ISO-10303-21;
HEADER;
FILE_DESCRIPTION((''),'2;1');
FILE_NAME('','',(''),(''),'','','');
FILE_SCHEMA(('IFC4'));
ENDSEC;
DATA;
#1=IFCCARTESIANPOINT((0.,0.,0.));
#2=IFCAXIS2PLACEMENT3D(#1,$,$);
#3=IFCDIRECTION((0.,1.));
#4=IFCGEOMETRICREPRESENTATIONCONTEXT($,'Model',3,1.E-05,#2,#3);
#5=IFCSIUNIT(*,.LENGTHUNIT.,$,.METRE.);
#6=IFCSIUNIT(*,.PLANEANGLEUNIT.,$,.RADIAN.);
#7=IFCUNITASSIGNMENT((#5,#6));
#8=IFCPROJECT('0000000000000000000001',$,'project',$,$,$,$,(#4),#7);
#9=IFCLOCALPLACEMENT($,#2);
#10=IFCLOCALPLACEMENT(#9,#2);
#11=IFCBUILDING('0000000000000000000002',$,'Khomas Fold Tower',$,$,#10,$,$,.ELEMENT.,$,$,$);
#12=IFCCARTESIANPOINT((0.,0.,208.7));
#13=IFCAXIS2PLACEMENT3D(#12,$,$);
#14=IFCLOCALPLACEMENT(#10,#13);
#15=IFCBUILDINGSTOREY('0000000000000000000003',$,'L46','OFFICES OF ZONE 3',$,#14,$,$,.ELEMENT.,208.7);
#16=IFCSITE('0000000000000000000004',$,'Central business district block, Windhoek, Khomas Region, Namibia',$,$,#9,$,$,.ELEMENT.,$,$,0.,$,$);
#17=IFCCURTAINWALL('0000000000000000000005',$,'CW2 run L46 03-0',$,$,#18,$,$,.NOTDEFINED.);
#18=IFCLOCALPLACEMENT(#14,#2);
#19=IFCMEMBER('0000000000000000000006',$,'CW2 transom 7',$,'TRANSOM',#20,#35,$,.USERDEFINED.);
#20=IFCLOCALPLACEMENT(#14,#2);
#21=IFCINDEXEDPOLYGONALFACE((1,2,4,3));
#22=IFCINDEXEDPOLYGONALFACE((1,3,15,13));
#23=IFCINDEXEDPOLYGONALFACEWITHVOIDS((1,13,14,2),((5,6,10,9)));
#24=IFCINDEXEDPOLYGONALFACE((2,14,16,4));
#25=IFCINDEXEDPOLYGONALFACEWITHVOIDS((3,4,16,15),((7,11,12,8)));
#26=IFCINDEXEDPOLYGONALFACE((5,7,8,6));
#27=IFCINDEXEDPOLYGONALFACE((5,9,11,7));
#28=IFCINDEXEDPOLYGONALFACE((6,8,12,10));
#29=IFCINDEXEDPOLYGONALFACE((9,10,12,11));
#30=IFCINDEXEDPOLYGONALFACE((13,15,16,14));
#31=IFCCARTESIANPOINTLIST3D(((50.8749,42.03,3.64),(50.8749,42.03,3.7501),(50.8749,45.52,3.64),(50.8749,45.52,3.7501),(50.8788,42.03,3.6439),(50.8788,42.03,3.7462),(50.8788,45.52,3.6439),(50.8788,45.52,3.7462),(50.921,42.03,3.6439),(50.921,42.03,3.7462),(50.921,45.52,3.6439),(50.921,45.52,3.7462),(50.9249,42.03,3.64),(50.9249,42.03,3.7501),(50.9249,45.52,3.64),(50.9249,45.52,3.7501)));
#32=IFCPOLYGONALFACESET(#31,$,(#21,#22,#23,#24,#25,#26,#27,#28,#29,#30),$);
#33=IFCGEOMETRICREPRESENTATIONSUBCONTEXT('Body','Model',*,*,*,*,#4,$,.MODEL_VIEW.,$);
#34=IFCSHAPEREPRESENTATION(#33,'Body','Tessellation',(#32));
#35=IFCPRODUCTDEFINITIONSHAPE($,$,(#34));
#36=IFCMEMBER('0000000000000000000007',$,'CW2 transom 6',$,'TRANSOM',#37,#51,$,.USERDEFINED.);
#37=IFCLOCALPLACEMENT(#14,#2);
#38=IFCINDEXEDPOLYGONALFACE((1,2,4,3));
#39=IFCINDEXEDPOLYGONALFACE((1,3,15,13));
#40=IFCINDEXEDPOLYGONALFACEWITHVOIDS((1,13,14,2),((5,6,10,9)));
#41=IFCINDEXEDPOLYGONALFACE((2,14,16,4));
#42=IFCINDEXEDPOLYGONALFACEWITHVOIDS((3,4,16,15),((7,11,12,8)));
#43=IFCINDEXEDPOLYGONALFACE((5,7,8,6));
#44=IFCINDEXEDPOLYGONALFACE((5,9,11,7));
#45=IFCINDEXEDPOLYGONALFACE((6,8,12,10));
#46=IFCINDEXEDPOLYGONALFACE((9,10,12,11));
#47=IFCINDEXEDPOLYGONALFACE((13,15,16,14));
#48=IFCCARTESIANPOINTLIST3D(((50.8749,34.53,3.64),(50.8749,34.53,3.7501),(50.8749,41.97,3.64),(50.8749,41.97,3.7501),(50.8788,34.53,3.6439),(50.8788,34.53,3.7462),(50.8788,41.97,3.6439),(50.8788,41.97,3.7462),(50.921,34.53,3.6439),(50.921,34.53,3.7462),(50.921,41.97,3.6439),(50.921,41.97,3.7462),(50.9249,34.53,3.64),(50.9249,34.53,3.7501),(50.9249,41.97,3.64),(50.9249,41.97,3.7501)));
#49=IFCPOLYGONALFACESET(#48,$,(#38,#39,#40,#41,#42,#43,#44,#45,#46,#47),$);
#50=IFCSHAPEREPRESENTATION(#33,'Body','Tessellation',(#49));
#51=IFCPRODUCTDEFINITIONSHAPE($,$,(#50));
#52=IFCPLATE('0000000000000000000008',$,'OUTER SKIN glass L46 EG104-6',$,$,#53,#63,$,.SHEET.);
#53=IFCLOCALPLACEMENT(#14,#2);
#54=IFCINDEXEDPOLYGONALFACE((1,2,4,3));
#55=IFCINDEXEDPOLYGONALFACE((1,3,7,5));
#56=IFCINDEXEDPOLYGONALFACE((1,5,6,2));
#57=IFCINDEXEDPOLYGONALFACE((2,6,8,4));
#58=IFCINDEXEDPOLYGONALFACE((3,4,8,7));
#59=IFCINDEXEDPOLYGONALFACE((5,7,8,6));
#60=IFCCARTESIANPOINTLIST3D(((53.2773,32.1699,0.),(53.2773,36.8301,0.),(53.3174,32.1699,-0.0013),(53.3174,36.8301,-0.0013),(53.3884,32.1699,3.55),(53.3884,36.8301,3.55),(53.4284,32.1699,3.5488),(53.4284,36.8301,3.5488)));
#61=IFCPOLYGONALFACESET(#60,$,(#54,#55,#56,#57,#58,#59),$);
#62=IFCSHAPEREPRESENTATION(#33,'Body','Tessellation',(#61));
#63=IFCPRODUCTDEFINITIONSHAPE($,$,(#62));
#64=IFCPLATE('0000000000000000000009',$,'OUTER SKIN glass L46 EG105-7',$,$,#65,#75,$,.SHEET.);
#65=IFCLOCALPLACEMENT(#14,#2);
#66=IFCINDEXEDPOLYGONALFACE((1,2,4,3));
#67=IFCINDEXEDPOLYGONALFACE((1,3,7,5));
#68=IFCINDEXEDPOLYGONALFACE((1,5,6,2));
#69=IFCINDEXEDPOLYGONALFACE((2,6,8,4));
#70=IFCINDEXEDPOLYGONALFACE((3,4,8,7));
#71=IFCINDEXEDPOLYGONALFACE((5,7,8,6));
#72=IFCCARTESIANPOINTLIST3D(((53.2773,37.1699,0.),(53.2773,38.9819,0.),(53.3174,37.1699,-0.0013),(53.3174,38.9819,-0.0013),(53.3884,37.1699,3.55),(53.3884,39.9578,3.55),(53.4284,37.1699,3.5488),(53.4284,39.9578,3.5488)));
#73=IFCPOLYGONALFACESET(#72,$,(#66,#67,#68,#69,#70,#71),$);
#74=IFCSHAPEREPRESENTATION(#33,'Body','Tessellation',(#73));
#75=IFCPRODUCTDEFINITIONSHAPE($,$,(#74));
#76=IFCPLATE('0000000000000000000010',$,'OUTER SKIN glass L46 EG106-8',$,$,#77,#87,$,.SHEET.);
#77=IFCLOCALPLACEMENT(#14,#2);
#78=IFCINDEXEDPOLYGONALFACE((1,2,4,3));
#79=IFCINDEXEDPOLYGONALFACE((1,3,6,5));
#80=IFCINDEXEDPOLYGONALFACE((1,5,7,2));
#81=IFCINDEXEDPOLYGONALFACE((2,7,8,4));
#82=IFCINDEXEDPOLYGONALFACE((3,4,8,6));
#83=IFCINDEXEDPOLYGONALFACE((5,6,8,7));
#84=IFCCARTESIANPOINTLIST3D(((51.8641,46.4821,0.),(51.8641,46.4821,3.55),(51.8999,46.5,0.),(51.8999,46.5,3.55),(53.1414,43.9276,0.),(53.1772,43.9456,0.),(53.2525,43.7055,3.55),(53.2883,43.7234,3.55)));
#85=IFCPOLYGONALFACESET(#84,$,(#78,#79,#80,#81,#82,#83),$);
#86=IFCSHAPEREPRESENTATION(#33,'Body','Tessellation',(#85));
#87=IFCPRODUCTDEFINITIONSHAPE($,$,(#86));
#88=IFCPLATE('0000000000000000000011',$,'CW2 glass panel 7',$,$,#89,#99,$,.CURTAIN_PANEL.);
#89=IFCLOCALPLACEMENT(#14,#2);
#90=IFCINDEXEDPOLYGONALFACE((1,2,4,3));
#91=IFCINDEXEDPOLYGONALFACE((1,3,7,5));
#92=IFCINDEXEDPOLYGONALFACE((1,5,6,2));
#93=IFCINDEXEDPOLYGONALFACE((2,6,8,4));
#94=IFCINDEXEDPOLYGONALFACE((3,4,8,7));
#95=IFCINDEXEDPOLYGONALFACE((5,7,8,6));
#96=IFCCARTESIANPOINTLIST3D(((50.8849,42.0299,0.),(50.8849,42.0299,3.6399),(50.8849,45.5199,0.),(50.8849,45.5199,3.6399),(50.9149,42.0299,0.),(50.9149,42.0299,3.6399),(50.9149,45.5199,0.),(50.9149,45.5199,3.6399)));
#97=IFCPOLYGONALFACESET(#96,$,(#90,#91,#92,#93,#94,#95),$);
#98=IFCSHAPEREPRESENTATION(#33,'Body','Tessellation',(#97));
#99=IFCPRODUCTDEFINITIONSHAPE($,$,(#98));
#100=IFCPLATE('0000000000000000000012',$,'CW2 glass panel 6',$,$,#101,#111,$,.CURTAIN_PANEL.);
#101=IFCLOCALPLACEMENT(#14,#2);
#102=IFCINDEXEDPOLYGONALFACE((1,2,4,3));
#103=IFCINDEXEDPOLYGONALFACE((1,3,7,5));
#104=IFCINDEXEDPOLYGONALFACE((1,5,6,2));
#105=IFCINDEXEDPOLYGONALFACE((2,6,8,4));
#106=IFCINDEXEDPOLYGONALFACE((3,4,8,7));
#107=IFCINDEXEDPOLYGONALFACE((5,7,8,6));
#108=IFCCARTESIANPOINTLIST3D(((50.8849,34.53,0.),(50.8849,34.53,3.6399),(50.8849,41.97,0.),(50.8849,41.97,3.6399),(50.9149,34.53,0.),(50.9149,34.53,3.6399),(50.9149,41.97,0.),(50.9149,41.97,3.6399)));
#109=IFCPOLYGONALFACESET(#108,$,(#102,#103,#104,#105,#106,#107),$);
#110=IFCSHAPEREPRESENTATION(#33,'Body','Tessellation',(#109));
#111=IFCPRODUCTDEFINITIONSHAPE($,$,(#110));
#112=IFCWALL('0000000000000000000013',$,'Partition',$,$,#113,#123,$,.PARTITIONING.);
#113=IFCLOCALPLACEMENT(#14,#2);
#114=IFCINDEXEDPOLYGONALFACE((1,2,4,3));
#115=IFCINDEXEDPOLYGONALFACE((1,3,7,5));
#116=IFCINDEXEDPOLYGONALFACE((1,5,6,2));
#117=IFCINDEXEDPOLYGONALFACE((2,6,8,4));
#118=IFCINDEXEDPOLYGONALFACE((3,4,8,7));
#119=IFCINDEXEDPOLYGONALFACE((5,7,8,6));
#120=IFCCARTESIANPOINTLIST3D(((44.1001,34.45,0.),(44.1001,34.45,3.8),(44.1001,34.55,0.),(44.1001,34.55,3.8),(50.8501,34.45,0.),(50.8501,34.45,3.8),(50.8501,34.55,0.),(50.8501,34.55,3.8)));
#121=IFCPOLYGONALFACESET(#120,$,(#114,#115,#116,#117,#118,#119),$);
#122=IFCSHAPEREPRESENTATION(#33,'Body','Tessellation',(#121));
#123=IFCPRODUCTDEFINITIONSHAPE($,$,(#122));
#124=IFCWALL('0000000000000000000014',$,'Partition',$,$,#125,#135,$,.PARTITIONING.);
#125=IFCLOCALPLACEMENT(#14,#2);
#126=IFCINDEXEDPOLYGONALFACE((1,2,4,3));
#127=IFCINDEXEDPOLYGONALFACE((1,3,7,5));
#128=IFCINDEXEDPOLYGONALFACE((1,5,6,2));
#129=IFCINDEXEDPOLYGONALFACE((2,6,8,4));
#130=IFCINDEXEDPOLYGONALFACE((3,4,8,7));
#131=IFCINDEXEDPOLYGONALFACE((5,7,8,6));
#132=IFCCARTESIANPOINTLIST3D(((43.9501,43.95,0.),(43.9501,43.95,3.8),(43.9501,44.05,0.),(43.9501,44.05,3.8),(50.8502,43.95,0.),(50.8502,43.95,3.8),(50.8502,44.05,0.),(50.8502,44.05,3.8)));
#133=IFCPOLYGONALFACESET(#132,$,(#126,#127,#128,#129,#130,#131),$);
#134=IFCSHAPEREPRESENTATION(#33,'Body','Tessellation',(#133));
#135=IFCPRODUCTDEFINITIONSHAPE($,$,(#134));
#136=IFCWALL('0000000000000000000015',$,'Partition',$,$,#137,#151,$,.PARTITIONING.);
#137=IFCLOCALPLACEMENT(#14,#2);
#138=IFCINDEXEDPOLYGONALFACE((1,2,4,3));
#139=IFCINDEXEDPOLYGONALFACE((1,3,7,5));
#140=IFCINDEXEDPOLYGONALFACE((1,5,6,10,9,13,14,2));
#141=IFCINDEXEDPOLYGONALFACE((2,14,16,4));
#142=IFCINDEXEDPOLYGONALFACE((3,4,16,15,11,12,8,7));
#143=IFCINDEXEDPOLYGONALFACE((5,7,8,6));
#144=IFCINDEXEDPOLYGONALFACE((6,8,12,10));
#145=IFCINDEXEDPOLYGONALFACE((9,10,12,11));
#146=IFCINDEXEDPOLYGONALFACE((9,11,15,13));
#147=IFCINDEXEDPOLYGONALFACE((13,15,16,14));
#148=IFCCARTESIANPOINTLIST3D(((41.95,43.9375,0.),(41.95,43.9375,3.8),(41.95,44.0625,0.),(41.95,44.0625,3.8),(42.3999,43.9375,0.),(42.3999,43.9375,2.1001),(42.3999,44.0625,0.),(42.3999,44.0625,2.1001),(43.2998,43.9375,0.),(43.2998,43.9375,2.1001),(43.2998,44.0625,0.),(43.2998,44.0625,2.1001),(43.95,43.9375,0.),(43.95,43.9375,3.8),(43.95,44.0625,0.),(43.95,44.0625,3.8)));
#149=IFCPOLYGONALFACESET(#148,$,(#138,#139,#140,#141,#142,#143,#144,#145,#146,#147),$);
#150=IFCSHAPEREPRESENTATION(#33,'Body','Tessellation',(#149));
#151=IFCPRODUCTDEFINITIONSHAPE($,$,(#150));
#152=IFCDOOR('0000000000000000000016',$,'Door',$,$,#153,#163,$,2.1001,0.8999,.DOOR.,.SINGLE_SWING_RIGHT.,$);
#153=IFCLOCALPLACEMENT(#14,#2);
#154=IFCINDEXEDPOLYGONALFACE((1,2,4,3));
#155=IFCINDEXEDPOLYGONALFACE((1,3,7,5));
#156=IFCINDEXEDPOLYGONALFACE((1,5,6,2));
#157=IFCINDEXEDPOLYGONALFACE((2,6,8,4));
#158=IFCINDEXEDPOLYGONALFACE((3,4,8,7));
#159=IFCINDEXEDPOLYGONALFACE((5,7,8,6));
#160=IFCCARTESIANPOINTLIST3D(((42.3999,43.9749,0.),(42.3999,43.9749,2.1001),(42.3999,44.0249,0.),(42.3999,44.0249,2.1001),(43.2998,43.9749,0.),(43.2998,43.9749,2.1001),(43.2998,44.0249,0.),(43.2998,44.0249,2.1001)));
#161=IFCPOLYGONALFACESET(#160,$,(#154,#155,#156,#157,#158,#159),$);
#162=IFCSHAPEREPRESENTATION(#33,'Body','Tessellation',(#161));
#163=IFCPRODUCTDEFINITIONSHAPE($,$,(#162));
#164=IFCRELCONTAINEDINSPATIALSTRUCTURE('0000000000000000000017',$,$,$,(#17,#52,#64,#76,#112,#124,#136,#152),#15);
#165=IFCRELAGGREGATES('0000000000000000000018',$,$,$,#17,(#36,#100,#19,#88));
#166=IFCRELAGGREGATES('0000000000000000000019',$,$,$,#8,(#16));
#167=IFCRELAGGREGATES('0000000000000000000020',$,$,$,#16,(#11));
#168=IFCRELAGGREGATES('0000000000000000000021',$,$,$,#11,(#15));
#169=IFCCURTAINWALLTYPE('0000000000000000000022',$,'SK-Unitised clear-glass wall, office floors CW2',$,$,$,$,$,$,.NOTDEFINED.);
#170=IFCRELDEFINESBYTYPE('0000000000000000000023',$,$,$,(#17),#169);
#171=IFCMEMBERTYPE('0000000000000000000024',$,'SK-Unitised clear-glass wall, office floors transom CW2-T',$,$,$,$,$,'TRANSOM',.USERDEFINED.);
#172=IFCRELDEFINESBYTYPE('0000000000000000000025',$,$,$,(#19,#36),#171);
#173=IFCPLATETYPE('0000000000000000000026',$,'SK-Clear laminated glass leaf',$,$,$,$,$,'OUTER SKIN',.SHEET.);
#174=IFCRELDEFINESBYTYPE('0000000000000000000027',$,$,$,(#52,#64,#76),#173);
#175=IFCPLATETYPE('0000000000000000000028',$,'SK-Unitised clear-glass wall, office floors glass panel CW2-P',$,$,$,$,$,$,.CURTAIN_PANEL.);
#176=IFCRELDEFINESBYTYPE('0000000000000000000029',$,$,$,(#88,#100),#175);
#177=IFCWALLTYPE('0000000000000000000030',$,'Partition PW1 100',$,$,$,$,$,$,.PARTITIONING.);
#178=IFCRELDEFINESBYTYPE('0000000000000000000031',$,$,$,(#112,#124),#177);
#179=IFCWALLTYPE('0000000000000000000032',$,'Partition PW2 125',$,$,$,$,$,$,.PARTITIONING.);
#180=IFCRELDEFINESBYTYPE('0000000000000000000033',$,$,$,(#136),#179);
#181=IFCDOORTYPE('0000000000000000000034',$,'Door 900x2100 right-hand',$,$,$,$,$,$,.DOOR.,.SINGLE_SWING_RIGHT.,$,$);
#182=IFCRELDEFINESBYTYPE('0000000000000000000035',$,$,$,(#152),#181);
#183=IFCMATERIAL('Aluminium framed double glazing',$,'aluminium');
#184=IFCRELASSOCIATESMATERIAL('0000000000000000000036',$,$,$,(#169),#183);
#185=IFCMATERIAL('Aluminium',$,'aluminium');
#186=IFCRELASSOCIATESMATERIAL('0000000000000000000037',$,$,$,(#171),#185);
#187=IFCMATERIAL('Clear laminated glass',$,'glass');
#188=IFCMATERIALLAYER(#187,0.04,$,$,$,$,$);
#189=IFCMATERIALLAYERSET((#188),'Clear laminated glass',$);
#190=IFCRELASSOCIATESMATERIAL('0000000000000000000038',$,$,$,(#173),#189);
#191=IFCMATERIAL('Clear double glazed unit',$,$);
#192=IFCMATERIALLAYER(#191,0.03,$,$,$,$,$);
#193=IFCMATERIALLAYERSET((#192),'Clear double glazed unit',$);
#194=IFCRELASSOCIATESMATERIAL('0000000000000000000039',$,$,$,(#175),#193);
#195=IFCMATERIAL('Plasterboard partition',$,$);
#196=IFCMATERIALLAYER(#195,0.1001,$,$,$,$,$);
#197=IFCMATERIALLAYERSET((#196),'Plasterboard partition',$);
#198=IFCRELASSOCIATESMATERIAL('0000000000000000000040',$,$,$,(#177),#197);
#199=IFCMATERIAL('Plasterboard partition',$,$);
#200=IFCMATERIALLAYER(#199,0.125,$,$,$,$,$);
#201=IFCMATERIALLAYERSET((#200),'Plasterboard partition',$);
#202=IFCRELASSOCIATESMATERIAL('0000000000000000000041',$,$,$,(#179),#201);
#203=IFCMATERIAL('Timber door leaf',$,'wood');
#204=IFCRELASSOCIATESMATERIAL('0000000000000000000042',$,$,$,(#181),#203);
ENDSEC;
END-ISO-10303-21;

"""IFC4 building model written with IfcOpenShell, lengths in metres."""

from ifc_helpers import new_model, si_unit, direction, frame, frame_2d, origin, origin_2d, place, context, subcontext, project, spatial, polyline, rectangle, hollow_rectangle, outline, extrude, source, transform, mapped, material, layer, layer_set, material_profile, profile_set, type_object, element, fill, aggregate, save


model = new_model("IFC4")

# Units and contexts
model_context = context("Model", 3, precision=1e-05, world=origin(), true_north=direction((0.0, 1.0)))
body_context = subcontext(model_context, "Body", "Model", "MODEL_VIEW")
ifc_project = project(units=[si_unit("LENGTHUNIT", "METRE"), si_unit("PLANEANGLEUNIT", "RADIAN")], contexts=[model_context])

# Site, building, storey
site_placement = place(None, origin())
site = spatial("IfcSite", under=ifc_project, at=site_placement, Name="Central business district block, Windhoek, Khomas Region, Namibia", CompositionType="ELEMENT", RefElevation=0.0)
building_placement = place(site_placement, origin())
building = spatial("IfcBuilding", under=site, at=building_placement, Name="Khomas Fold Tower", CompositionType="ELEMENT")
storey_placement = place(building_placement, frame((0.0, 0.0, 208.7)))
storey = spatial("IfcBuildingStorey", under=building, at=storey_placement, Name="L46", Description="OFFICES OF ZONE 3", CompositionType="ELEMENT", Elevation=208.7)

# Curtain wall, members
ifc_material_1 = material(Name="Aluminium framed double glazing", Category="aluminium")
curtain_wall_type = type_object("IfcCurtainWallType", Name="SK-Unitised clear-glass wall, office floors CW2", PredefinedType="NOTDEFINED", material=ifc_material_1)
curtain_wall_placement = place(storey_placement, origin())
curtain_wall = element("IfcCurtainWall", 1, at=curtain_wall_placement, inside=storey, type_object=curtain_wall_type, Name="CW2 run L46 03-0", PredefinedType="NOTDEFINED")
ifc_material_2 = material(Name="Aluminium", Category="aluminium")
ifc_material_profile_1 = material_profile(ifc_material_2, hollow_rectangle(XDim=0.05, YDim=0.1101, WallThickness=0.0039, at=origin_2d()), Name="SK-Unitised clear-glass wall, office floors transom CW2-T")
ifc_profile_set_1 = profile_set([ifc_material_profile_1], Name="Aluminium")
member_type_1 = type_object("IfcMemberType", Name="SK-Unitised clear-glass wall, office floors transom CW2-T", ElementType="TRANSOM", PredefinedType="USERDEFINED", material=ifc_profile_set_1)
shared_shape_1 = source(origin(), body_context, "Body", "SweptSolid", [
    extrude(hollow_rectangle(XDim=0.05, YDim=0.1101, WallThickness=0.0039, at=origin_2d()), origin(), (0.0, 0.0, 1.0), 3.49),
])
member_1_placement = place(storey_placement, frame((50.8999, 42.03, 3.6951), z_axis=(0.0, 1.0, 0.0), x_axis=(-1.0, 0.0, 0.0)))
member_1 = element("IfcMember", 2, at=member_1_placement, type_object=member_type_1, Name="CW2 transom 7", ObjectType="TRANSOM", PredefinedType="USERDEFINED", context=body_context, shape_type="MappedRepresentation", body=[
    mapped(shared_shape_1, transform((0.0, 0.0, 0.0))),
])
shared_shape_2 = source(origin(), body_context, "Body", "SweptSolid", [
    extrude(hollow_rectangle(XDim=0.05, YDim=0.1101, WallThickness=0.0039, at=origin_2d()), origin(), (0.0, 0.0, 1.0), 7.4399),
])
member_2_placement = place(storey_placement, frame((50.8999, 34.53, 3.6951), z_axis=(0.0, 1.0, 0.0), x_axis=(-1.0, 0.0, 0.0)))
member_2 = element("IfcMember", 3, at=member_2_placement, type_object=member_type_1, Name="CW2 transom 6", ObjectType="TRANSOM", PredefinedType="USERDEFINED", context=body_context, shape_type="MappedRepresentation", body=[
    mapped(shared_shape_2, transform((0.0, 0.0, 0.0))),
])

# Plates
ifc_material_3 = material(Name="Clear laminated glass", Category="glass")
ifc_layer_1 = layer(ifc_material_3, 0.04)
ifc_layer_set_1 = layer_set([ifc_layer_1], Name="Clear laminated glass")
plate_type_1 = type_object("IfcPlateType", Name="SK-Clear laminated glass leaf", ElementType="OUTER SKIN", PredefinedType="SHEET", material=ifc_layer_set_1)
plate_1_placement = place(storey_placement, frame((53.2773, 32.1699, 0.0), z_axis=(-0.999511, 0.0, 0.031276), x_axis=(0.031276, 0.0, 0.999511)))
element("IfcPlate", 4, at=plate_1_placement, inside=storey, type_object=plate_type_1, Name="OUTER SKIN glass L46 EG104-6", PredefinedType="SHEET", context=body_context, shape_type="SweptSolid", body=[
    extrude(outline(polyline([(0.0, 0.0), (3.5518, 0.0), (3.5518, 4.6602), (0.0, 4.6602), (0.0, 0.0)])), origin(), (0.0, 0.0, -1.0), 0.04),
])
plate_2_placement = place(storey_placement, frame((53.2773, 38.9819, 0.0), z_axis=(-0.999511, 0.0, 0.031276), x_axis=(0.0, -1.0, 0.0)))
element("IfcPlate", 5, at=plate_2_placement, inside=storey, type_object=plate_type_1, Name="OUTER SKIN glass L46 EG105-7", PredefinedType="SHEET", context=body_context, shape_type="SweptSolid", body=[
    extrude(outline(polyline([(0.0, 0.0), (1.812, 0.0), (1.812, 3.5518), (-0.9758, 3.5518), (0.0, 0.0)])), origin(), (0.0, 0.0, -1.0), 0.04),
])
plate_3_placement = place(storey_placement, frame((53.1772, 43.9456, 0.0), z_axis=(0.894411, 0.447246, 0.000001), x_axis=(0.031216, -0.062428, 0.997561)))
element("IfcPlate", 6, at=plate_3_placement, inside=storey, type_object=plate_type_1, Name="OUTER SKIN glass L46 EG106-8", PredefinedType="SHEET", context=body_context, shape_type="SweptSolid", body=[
    extrude(outline(polyline([(0.0, 0.0), (3.5587, 0.0), (3.342, -3.0968), (-0.1993, -2.849), (0.0, 0.0)])), origin(), (0.0, 0.0, -1.0), 0.04),
])

# Plates
ifc_material_4 = material(Name="Clear double glazed unit")
ifc_layer_2 = layer(ifc_material_4, 0.03)
ifc_layer_set_2 = layer_set([ifc_layer_2], Name="Clear double glazed unit")
plate_type_2 = type_object("IfcPlateType", Name="SK-Unitised clear-glass wall, office floors glass panel CW2-P", PredefinedType="CURTAIN_PANEL", material=ifc_layer_set_2)
shared_shape_3 = source(origin(), body_context, "Body", "SweptSolid", [
    extrude(rectangle(XDim=3.49, YDim=0.03, at=origin_2d()), origin(), (0.0, 0.0, 1.0), 3.6399),
])
plate_4_placement = place(storey_placement, frame((50.8999, 43.7749, 0.0), z_axis=(0.0, 0.0, 1.0), x_axis=(0.0, 1.0, 0.0)))
plate_4 = element("IfcPlate", 7, at=plate_4_placement, type_object=plate_type_2, Name="CW2 glass panel 7", PredefinedType="CURTAIN_PANEL", context=body_context, shape_type="MappedRepresentation", body=[
    mapped(shared_shape_3, transform((0.0, 0.0, 0.0))),
])
shared_shape_4 = source(origin(), body_context, "Body", "SweptSolid", [
    extrude(rectangle(XDim=7.4399, YDim=0.03, at=origin_2d()), origin(), (0.0, 0.0, 1.0), 3.6399),
])
plate_5_placement = place(storey_placement, frame((50.8999, 38.25, 0.0), z_axis=(0.0, 0.0, 1.0), x_axis=(0.0, 1.0, 0.0)))
plate_5 = element("IfcPlate", 8, at=plate_5_placement, type_object=plate_type_2, Name="CW2 glass panel 6", PredefinedType="CURTAIN_PANEL", context=body_context, shape_type="MappedRepresentation", body=[
    mapped(shared_shape_4, transform((0.0, 0.0, 0.0))),
])
aggregate(curtain_wall, [member_2, plate_5, member_1, plate_4])

# Walls
ifc_material_5 = material(Name="Plasterboard partition")
ifc_layer_3 = layer(ifc_material_5, 0.1001)
ifc_layer_set_3 = layer_set([ifc_layer_3], Name="Plasterboard partition")
wall_type_1 = type_object("IfcWallType", Name="Partition PW1 100", PredefinedType="PARTITIONING", material=ifc_layer_set_3)
shared_shape_5 = source(origin(), body_context, "Body", "SweptSolid", [
    extrude(rectangle(XDim=6.75, YDim=0.1001, at=frame_2d((3.375, 0.0))), origin(), (0.0, 0.0, 1.0), 3.8),
])
wall_1_placement = place(storey_placement, frame((44.1001, 34.5, 0.0), z_axis=(0.0, 0.0, 1.0), x_axis=(1.0, 0.0, 0.0)))
element("IfcWall", 9, at=wall_1_placement, inside=storey, type_object=wall_type_1, Name="Partition", PredefinedType="PARTITIONING", context=body_context, shape_type="MappedRepresentation", body=[
    mapped(shared_shape_5, transform((0.0, 0.0, 0.0))),
])
shared_shape_6 = source(origin(), body_context, "Body", "SweptSolid", [
    extrude(rectangle(XDim=6.9001, YDim=0.1001, at=frame_2d((3.4502, 0.0))), origin(), (0.0, 0.0, 1.0), 3.8),
])
wall_2_placement = place(storey_placement, frame((43.95, 44.0, 0.0), z_axis=(0.0, 0.0, 1.0), x_axis=(1.0, 0.0, 0.0)))
element("IfcWall", 10, at=wall_2_placement, inside=storey, type_object=wall_type_1, Name="Partition", PredefinedType="PARTITIONING", context=body_context, shape_type="MappedRepresentation", body=[
    mapped(shared_shape_6, transform((0.0, 0.0, 0.0))),
])

# Wall, opening, door
ifc_material_6 = material(Name="Plasterboard partition")
ifc_layer_4 = layer(ifc_material_6, 0.125)
ifc_layer_set_4 = layer_set([ifc_layer_4], Name="Plasterboard partition")
wall_type_2 = type_object("IfcWallType", Name="Partition PW2 125", PredefinedType="PARTITIONING", material=ifc_layer_set_4)
shared_shape_7 = source(origin(), body_context, "Body", "SweptSolid", [
    extrude(rectangle(XDim=2.0, YDim=0.125, at=frame_2d((1.0, 0.0))), origin(), (0.0, 0.0, 1.0), 3.8),
])
wall_3_placement = place(storey_placement, frame((41.95, 44.0, 0.0), z_axis=(0.0, 0.0, 1.0), x_axis=(1.0, 0.0, 0.0)))
wall_3 = element("IfcWall", 11, at=wall_3_placement, inside=storey, type_object=wall_type_2, Name="Partition", PredefinedType="PARTITIONING", context=body_context, shape_type="MappedRepresentation", body=[
    mapped(shared_shape_7, transform((0.0, 0.0, 0.0))),
])
shared_shape_8 = source(origin(), body_context, "Body", "SweptSolid", [
    extrude(rectangle(XDim=0.8999, YDim=2.1001, at=frame_2d((0.45, 1.05))), frame((0.0, 0.0725, 0.0), z_axis=(0.0, -1.0, 0.0), x_axis=(1.0, 0.0, 0.0)), (0.0, 0.0, 1.0), 0.145),
])
opening_placement = place(wall_3_placement, frame((0.45, 0.0, 0.0)))
opening = element("IfcOpeningElement", 12, at=opening_placement, cuts=wall_3, PredefinedType="OPENING", context=body_context, shape_type="MappedRepresentation", body=[
    mapped(shared_shape_8, transform((0.0, 0.0, 0.0))),
])
ifc_material_7 = material(Name="Timber door leaf", Category="wood")
door_type = type_object("IfcDoorType", Name="Door 900x2100 right-hand", OperationType="SINGLE_SWING_RIGHT", PredefinedType="DOOR", material=ifc_material_7)
shared_shape_9 = source(origin(), body_context, "Body", "SweptSolid", [
    extrude(rectangle(XDim=0.8999, YDim=2.1001, at=frame_2d((0.45, 1.05))), frame((0.0, 0.0249, 0.0), z_axis=(0.0, -1.0, 0.0), x_axis=(1.0, 0.0, 0.0)), (0.0, 0.0, 1.0), 0.05),
])
door_placement = place(opening_placement, origin())
door = element("IfcDoor", 13, at=door_placement, inside=storey, type_object=door_type, Name="Door", OperationType="SINGLE_SWING_RIGHT", OverallHeight=2.1001, OverallWidth=0.8999, PredefinedType="DOOR", context=body_context, shape_type="MappedRepresentation", body=[
    mapped(shared_shape_9, transform((0.0, 0.0, 0.0))),
])
fill(opening, door)

save(model, "model.ifc")
